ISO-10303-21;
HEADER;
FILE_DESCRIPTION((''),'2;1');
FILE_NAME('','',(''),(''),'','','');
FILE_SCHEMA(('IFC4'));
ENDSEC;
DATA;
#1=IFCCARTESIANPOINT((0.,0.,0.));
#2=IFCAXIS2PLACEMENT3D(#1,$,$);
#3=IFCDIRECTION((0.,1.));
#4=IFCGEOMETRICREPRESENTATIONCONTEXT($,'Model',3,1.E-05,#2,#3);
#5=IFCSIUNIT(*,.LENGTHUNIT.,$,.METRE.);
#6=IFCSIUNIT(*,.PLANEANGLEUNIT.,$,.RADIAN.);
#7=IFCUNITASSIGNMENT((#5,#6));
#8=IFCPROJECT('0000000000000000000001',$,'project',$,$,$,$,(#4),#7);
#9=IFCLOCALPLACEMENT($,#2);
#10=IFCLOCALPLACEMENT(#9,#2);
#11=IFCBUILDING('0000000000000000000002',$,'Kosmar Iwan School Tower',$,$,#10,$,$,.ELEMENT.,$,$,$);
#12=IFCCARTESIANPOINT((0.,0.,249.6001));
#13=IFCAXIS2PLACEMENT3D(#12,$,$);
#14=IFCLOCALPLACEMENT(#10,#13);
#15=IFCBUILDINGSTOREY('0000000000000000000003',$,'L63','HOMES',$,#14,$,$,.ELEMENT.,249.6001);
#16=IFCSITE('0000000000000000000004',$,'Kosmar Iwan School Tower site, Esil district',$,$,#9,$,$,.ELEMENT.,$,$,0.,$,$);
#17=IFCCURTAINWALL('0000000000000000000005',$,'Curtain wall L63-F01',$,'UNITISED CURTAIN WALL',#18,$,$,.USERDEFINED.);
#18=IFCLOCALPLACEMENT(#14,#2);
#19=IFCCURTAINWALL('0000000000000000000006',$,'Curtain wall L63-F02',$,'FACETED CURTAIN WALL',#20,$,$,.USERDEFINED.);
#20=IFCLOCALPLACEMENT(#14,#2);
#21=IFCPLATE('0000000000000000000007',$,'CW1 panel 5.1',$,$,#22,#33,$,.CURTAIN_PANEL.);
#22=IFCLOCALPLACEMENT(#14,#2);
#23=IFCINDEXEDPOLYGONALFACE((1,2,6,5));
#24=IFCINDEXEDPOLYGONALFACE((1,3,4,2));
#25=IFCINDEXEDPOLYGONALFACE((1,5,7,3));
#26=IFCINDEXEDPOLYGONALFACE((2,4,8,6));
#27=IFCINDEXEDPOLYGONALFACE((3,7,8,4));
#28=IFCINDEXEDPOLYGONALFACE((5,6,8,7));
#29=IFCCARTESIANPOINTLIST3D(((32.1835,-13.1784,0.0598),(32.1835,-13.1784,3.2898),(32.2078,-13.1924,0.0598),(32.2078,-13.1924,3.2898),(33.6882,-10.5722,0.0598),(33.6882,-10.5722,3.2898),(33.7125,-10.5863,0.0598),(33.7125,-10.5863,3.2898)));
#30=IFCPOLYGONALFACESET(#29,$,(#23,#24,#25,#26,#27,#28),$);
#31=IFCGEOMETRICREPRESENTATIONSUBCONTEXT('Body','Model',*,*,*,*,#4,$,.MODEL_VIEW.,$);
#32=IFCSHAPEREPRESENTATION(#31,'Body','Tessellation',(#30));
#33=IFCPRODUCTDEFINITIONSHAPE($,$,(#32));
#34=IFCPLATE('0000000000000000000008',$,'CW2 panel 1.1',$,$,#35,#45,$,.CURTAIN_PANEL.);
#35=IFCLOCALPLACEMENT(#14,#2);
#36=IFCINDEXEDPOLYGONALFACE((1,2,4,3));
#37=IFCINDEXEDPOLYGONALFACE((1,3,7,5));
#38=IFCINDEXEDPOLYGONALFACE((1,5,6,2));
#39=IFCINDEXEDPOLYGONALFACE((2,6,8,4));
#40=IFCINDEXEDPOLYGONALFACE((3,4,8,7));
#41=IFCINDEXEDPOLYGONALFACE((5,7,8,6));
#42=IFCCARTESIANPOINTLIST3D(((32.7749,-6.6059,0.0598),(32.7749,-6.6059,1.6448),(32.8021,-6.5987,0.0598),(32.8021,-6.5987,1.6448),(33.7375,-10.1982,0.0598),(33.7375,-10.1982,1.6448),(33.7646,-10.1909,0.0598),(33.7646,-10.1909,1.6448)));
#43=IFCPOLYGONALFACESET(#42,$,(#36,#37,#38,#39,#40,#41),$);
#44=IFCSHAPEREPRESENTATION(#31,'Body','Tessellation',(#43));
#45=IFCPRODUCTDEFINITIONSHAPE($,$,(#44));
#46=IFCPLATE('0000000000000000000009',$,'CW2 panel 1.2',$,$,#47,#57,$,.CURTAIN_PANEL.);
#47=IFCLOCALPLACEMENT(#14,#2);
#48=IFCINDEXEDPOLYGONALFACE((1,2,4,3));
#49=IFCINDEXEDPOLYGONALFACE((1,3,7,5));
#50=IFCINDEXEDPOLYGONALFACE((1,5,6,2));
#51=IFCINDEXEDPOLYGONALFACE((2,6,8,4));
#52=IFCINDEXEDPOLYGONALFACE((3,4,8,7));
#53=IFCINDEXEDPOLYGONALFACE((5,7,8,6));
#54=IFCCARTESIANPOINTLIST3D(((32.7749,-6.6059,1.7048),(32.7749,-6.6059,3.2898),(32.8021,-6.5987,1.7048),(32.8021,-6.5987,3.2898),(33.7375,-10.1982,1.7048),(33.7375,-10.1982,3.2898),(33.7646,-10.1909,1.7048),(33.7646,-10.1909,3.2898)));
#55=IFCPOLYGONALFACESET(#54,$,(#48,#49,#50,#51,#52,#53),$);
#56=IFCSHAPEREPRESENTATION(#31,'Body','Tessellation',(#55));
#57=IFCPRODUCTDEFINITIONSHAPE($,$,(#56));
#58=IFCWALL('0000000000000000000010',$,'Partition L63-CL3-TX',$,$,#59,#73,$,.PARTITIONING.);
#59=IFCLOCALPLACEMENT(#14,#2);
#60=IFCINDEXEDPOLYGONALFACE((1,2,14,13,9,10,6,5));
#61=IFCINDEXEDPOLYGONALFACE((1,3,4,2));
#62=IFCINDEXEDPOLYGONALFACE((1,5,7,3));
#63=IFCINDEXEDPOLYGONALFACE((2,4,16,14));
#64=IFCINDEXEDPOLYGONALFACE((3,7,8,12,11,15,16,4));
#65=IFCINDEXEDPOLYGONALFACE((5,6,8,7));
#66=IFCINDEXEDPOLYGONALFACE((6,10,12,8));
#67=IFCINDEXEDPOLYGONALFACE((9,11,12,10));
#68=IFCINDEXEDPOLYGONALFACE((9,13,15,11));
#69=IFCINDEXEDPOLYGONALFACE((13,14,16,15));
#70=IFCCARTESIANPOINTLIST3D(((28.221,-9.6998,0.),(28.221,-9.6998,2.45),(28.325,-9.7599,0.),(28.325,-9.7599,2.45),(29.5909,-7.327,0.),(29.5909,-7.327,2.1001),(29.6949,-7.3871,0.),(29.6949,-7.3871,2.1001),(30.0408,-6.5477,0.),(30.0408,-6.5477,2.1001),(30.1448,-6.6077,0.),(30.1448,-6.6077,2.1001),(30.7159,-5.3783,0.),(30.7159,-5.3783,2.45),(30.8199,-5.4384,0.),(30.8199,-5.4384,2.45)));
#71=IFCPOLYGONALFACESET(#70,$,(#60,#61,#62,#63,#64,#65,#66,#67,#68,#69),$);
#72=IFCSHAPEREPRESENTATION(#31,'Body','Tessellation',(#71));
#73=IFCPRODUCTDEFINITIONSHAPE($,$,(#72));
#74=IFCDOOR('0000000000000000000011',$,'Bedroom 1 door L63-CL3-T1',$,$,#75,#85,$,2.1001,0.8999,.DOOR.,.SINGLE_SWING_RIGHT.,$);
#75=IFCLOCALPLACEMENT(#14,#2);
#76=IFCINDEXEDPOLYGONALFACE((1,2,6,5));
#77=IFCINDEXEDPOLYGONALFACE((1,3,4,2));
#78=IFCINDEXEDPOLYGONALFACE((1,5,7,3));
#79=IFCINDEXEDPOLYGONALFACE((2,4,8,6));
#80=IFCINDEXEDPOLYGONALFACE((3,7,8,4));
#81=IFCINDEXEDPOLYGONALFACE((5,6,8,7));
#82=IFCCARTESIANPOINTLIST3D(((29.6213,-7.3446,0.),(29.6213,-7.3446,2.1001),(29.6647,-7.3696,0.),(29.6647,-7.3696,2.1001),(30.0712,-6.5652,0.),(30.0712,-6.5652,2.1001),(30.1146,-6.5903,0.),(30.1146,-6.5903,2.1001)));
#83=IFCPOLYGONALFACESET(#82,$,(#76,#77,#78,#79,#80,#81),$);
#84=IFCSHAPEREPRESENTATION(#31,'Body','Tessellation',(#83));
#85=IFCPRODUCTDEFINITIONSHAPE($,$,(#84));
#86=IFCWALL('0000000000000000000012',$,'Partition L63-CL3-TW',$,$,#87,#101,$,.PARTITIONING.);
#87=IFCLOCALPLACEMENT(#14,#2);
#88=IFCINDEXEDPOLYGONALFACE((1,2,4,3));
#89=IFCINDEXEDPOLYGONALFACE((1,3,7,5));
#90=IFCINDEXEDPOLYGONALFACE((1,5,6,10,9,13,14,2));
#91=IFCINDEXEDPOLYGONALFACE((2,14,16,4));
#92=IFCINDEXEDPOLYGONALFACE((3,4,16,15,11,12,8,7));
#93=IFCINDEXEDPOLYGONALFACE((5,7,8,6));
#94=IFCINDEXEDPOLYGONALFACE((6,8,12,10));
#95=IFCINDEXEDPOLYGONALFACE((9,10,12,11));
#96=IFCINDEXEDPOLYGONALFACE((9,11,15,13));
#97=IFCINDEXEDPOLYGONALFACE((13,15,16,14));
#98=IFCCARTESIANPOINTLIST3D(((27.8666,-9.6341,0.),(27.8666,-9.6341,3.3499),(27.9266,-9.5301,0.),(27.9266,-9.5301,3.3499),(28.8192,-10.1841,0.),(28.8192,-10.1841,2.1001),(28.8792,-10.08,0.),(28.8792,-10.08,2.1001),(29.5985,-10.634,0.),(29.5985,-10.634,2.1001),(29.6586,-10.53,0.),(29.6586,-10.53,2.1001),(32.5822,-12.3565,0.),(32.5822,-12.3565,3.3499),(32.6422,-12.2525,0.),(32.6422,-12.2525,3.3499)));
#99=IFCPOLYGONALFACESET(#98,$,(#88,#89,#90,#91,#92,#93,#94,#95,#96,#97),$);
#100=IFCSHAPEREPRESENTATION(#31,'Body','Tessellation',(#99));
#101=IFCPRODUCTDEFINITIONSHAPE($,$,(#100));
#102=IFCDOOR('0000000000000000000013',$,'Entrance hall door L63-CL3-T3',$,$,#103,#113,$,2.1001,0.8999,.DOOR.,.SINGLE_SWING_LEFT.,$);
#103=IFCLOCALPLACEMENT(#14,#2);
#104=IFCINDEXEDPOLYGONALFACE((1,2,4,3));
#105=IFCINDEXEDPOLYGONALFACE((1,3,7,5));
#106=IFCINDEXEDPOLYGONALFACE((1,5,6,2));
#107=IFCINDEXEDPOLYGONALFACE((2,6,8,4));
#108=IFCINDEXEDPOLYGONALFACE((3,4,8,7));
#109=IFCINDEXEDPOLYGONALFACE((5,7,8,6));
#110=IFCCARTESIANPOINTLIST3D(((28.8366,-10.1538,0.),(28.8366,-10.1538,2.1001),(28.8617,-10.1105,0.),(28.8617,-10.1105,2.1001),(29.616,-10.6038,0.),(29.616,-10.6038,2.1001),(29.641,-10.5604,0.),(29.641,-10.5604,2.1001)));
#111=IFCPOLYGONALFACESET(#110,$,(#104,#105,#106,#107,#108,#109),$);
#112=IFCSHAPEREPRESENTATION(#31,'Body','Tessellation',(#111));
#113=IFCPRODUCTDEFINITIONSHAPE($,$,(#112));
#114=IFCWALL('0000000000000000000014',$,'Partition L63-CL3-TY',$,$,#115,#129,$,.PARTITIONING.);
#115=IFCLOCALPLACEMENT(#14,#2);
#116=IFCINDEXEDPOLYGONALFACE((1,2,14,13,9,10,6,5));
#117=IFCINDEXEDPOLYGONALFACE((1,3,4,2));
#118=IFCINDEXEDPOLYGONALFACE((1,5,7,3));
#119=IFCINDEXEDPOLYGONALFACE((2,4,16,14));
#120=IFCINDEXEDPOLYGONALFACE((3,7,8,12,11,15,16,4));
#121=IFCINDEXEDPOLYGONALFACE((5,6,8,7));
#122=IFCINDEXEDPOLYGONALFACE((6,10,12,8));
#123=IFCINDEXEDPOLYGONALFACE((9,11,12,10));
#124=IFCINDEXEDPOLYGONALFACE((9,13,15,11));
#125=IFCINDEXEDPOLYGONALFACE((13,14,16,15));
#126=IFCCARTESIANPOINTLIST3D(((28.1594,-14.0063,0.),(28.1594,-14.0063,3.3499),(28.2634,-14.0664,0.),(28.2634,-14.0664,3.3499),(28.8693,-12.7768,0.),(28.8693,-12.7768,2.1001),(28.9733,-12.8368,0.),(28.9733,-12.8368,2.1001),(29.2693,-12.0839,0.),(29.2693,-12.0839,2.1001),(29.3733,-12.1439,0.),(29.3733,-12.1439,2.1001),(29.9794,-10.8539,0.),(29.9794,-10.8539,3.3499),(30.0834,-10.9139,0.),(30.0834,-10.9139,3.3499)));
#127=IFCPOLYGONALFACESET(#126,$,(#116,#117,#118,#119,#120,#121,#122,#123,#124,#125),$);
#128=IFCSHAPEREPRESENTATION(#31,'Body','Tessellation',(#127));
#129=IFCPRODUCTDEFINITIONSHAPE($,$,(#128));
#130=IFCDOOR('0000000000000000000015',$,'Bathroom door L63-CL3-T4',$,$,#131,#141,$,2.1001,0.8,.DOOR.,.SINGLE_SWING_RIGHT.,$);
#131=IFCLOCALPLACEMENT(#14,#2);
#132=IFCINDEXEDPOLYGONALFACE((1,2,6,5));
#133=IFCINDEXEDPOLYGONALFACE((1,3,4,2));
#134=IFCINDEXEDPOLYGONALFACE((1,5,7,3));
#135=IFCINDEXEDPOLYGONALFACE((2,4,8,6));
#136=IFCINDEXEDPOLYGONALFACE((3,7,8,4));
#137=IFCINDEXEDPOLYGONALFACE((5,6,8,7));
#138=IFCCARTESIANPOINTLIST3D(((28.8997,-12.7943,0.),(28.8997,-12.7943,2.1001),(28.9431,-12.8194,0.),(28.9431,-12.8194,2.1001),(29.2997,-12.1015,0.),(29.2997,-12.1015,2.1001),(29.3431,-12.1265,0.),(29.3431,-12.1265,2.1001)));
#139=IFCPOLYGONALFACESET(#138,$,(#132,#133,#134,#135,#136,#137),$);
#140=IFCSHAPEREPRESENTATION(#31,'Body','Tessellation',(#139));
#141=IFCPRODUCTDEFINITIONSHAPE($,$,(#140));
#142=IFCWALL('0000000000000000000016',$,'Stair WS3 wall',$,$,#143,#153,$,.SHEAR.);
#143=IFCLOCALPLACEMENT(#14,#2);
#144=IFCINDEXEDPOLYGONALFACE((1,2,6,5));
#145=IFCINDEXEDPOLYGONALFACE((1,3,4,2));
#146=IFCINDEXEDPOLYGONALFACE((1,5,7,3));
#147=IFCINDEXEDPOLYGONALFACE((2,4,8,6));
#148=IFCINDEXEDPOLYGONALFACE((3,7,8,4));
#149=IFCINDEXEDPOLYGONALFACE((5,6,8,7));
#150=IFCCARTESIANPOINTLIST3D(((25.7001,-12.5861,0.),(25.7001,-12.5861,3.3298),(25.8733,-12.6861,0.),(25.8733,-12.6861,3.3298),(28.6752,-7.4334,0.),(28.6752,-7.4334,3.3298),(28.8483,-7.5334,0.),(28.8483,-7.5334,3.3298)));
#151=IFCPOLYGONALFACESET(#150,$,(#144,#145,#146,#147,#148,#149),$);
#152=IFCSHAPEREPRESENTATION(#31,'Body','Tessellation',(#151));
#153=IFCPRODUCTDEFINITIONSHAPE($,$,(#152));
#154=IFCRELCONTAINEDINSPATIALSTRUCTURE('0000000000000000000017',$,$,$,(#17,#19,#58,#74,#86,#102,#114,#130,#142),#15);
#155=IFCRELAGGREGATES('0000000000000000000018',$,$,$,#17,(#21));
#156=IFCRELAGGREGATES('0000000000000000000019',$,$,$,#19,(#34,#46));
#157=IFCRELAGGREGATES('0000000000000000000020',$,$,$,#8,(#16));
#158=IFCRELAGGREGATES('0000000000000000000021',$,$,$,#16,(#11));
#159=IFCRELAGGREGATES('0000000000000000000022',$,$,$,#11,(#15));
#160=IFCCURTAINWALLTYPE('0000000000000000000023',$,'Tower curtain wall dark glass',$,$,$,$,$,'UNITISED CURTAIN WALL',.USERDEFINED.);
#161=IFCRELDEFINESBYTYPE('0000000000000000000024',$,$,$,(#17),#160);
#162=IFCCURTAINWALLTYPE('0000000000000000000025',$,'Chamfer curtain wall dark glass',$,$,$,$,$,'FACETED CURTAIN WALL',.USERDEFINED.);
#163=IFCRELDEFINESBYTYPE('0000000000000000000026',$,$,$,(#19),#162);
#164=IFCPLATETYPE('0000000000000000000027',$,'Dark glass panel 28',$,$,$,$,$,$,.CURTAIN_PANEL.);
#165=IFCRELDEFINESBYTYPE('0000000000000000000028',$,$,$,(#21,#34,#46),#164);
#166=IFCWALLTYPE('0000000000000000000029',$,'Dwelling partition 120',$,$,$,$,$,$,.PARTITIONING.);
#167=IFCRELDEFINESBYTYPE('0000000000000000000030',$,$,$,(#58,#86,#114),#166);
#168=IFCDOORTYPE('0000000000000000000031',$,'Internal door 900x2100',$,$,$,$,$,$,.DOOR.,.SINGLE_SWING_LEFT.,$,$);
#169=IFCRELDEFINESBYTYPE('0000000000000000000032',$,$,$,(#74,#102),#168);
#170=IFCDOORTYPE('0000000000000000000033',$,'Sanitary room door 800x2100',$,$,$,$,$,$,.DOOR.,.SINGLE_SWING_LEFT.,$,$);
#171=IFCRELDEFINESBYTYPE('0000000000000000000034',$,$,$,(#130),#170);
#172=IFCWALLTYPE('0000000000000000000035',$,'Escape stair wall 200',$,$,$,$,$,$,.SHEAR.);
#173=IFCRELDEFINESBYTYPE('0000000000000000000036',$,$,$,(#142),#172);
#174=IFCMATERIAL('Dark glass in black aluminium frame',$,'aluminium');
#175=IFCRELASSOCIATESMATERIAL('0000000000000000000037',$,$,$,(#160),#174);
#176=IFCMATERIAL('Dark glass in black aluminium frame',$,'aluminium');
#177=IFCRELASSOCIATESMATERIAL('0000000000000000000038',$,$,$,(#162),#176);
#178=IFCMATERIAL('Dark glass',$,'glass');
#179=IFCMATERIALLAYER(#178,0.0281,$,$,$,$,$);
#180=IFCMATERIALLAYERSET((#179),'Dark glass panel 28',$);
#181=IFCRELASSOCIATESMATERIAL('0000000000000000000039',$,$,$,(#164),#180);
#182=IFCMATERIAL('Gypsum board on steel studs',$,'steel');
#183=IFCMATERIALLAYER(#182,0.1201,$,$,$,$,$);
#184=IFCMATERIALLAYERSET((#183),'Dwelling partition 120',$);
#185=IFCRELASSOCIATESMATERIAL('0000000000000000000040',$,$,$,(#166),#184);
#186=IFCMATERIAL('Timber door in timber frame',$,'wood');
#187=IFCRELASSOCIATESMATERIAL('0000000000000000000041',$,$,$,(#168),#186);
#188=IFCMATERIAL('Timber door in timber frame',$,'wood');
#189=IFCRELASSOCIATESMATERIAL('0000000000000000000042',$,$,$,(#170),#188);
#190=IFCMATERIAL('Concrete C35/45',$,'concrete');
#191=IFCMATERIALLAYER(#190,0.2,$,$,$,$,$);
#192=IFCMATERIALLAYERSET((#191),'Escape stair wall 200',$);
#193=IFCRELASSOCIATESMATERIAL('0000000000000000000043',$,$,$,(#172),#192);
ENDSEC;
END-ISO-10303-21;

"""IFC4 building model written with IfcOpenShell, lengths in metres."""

from ifc_helpers import new_model, si_unit, direction, frame, frame_2d, origin, origin_2d, place, context, subcontext, project, spatial, rectangle, extrude, material, layer, layer_set, type_object, element, fill, aggregate, save


model = new_model("IFC4")

# Units and contexts
model_context = context("Model", 3, precision=1e-05, world=origin(), true_north=direction((0.0, 1.0)))
body_context = subcontext(model_context, "Body", "Model", "MODEL_VIEW")
ifc_project = project(units=[si_unit("LENGTHUNIT", "METRE"), si_unit("PLANEANGLEUNIT", "RADIAN")], contexts=[model_context])

# Site, building, storey
site_placement = place(None, origin())
site = spatial("IfcSite", under=ifc_project, at=site_placement, Name="Kosmar Iwan School Tower site, Esil district", CompositionType="ELEMENT", RefElevation=0.0)
building_placement = place(site_placement, origin())
building = spatial("IfcBuilding", under=site, at=building_placement, Name="Kosmar Iwan School Tower", CompositionType="ELEMENT")
storey_placement = place(building_placement, frame((0.0, 0.0, 249.6001)))
storey = spatial("IfcBuildingStorey", under=building, at=storey_placement, Name="L63", Description="HOMES", CompositionType="ELEMENT", Elevation=249.6001)

# Curtain wall
ifc_material_1 = material(Name="Dark glass in black aluminium frame", Category="aluminium")
curtain_wall_type_1 = type_object("IfcCurtainWallType", Name="Tower curtain wall dark glass", ElementType="UNITISED CURTAIN WALL", PredefinedType="USERDEFINED", material=ifc_material_1)
curtain_wall_1_placement = place(storey_placement, origin())
curtain_wall_1 = element("IfcCurtainWall", 1, at=curtain_wall_1_placement, inside=storey, type_object=curtain_wall_type_1, Name="Curtain wall L63-F01", ObjectType="UNITISED CURTAIN WALL", PredefinedType="USERDEFINED")

# Curtain wall
ifc_material_2 = material(Name="Dark glass in black aluminium frame", Category="aluminium")
curtain_wall_type_2 = type_object("IfcCurtainWallType", Name="Chamfer curtain wall dark glass", ElementType="FACETED CURTAIN WALL", PredefinedType="USERDEFINED", material=ifc_material_2)
curtain_wall_2_placement = place(storey_placement, origin())
curtain_wall_2 = element("IfcCurtainWall", 2, at=curtain_wall_2_placement, inside=storey, type_object=curtain_wall_type_2, Name="Curtain wall L63-F02", ObjectType="FACETED CURTAIN WALL", PredefinedType="USERDEFINED")

# Plates
ifc_material_3 = material(Name="Dark glass", Category="glass")
ifc_layer_1 = layer(ifc_material_3, 0.0281)
ifc_layer_set_1 = layer_set([ifc_layer_1], Name="Dark glass panel 28")
plate_type = type_object("IfcPlateType", Name="Dark glass panel 28", PredefinedType="CURTAIN_PANEL", material=ifc_layer_set_1)
plate_1_placement = place(storey_placement, frame((32.948, -11.8823, 0.0598), z_axis=(0.0, 0.0, 1.0), x_axis=(0.5, 0.866025, 0.0)))
plate_1 = element("IfcPlate", 3, at=plate_1_placement, type_object=plate_type, Name="CW1 panel 5.1", PredefinedType="CURTAIN_PANEL", context=body_context, shape_type="SweptSolid", body=[
    extrude(rectangle(XDim=3.0093, YDim=0.0281, at=origin_2d()), origin(), (0.0, 0.0, 1.0), 3.23),
])
aggregate(curtain_wall_1, [plate_1])
plate_2_placement = place(storey_placement, frame((33.2698, -8.3984, 0.0598), z_axis=(0.0, 0.0, 1.0), x_axis=(-0.258819, 0.965926, 0.0)))
plate_2 = element("IfcPlate", 4, at=plate_2_placement, type_object=plate_type, Name="CW2 panel 1.1", PredefinedType="CURTAIN_PANEL", context=body_context, shape_type="SweptSolid", body=[
    extrude(rectangle(XDim=3.719, YDim=0.0281, at=origin_2d()), origin(), (0.0, 0.0, 1.0), 1.585),
])
plate_3_placement = place(storey_placement, frame((33.2698, -8.3984, 1.7048), z_axis=(0.0, 0.0, 1.0), x_axis=(-0.258819, 0.965926, 0.0)))
plate_3 = element("IfcPlate", 5, at=plate_3_placement, type_object=plate_type, Name="CW2 panel 1.2", PredefinedType="CURTAIN_PANEL", context=body_context, shape_type="SweptSolid", body=[
    extrude(rectangle(XDim=3.719, YDim=0.0281, at=origin_2d()), origin(), (0.0, 0.0, 1.0), 1.585),
])
aggregate(curtain_wall_2, [plate_2, plate_3])

# Walls, openings, doors
ifc_material_4 = material(Name="Gypsum board on steel studs", Category="steel")
ifc_layer_2 = layer(ifc_material_4, 0.1201)
ifc_layer_set_2 = layer_set([ifc_layer_2], Name="Dwelling partition 120")
wall_type_1 = type_object("IfcWallType", Name="Dwelling partition 120", PredefinedType="PARTITIONING", material=ifc_layer_set_2)
wall_1_placement = place(storey_placement, frame((28.2729, -9.73, 0.0), z_axis=(0.0, 0.0, 1.0), x_axis=(0.499975, 0.86604, 0.0)))
wall_1 = element("IfcWall", 6, at=wall_1_placement, inside=storey, type_object=wall_type_1, Name="Partition L63-CL3-TX", PredefinedType="PARTITIONING", context=body_context, shape_type="SweptSolid", body=[
    extrude(rectangle(XDim=4.99, YDim=0.1201, at=frame_2d((2.4951, 0.0))), origin(), (0.0, 0.0, 1.0), 2.45),
])
opening_1_placement = place(wall_1_placement, frame((2.74, 0.0, 0.0)))
opening_1 = element("IfcOpeningElement", 7, at=opening_1_placement, cuts=wall_1, PredefinedType="OPENING", context=body_context, shape_type="SweptSolid", body=[
    extrude(rectangle(XDim=0.8999, YDim=2.1001, at=frame_2d((0.45, 1.05))), frame((0.0, 0.072, 0.0), z_axis=(0.0, -1.0, 0.0), x_axis=(1.0, 0.0, 0.0)), (0.0, 0.0, 1.0), 0.144),
])
ifc_material_5 = material(Name="Timber door in timber frame", Category="wood")
door_type_1 = type_object("IfcDoorType", Name="Internal door 900x2100", OperationType="SINGLE_SWING_LEFT", PredefinedType="DOOR", material=ifc_material_5)
door_1_placement = place(opening_1_placement, origin())
door_1 = element("IfcDoor", 8, at=door_1_placement, inside=storey, type_object=door_type_1, Name="Bedroom 1 door L63-CL3-T1", OperationType="SINGLE_SWING_RIGHT", OverallHeight=2.1001, OverallWidth=0.8999, PredefinedType="DOOR", context=body_context, shape_type="SweptSolid", body=[
    extrude(rectangle(XDim=0.8999, YDim=2.1001, at=frame_2d((0.45, 1.05))), frame((0.0, 0.0249, 0.0), z_axis=(0.0, -1.0, 0.0), x_axis=(1.0, 0.0, 0.0)), (0.0, 0.0, 1.0), 0.05),
])
fill(opening_1, door_1)
wall_2_placement = place(storey_placement, frame((27.8965, -9.582, 0.0), z_axis=(0.0, 0.0, 1.0), x_axis=(0.866036, -0.499982, 0.0)))
wall_2 = element("IfcWall", 9, at=wall_2_placement, inside=storey, type_object=wall_type_1, Name="Partition L63-CL3-TW", PredefinedType="PARTITIONING", context=body_context, shape_type="SweptSolid", body=[
    extrude(rectangle(XDim=5.4451, YDim=0.1201, at=frame_2d((2.7227, 0.0))), origin(), (0.0, 0.0, 1.0), 3.3499),
])
opening_2_placement = place(wall_2_placement, frame((1.1001, 0.0, 0.0)))
opening_2 = element("IfcOpeningElement", 10, at=opening_2_placement, cuts=wall_2, PredefinedType="OPENING", context=body_context, shape_type="SweptSolid", body=[
    extrude(rectangle(XDim=0.8999, YDim=2.1001, at=frame_2d((0.45, 1.05))), frame((0.0, 0.072, 0.0), z_axis=(0.0, -1.0, 0.0), x_axis=(1.0, 0.0, 0.0)), (0.0, 0.0, 1.0), 0.144),
])
door_2_placement = place(opening_2_placement, origin())
door_2 = element("IfcDoor", 11, at=door_2_placement, inside=storey, type_object=door_type_1, Name="Entrance hall door L63-CL3-T3", OperationType="SINGLE_SWING_LEFT", OverallHeight=2.1001, OverallWidth=0.8999, PredefinedType="DOOR", context=body_context, shape_type="SweptSolid", body=[
    extrude(rectangle(XDim=0.8999, YDim=2.1001, at=frame_2d((0.45, 1.05))), frame((0.0, 0.0249, 0.0), z_axis=(0.0, -1.0, 0.0), x_axis=(1.0, 0.0, 0.0)), (0.0, 0.0, 1.0), 0.05),
])
fill(opening_2, door_2)
wall_3_placement = place(storey_placement, frame((28.2114, -14.0364, 0.0), z_axis=(0.0, 0.0, 1.0), x_axis=(0.499984, 0.866035, 0.0)))
wall_3 = element("IfcWall", 12, at=wall_3_placement, inside=storey, type_object=wall_type_1, Name="Partition L63-CL3-TY", PredefinedType="PARTITIONING", context=body_context, shape_type="SweptSolid", body=[
    extrude(rectangle(XDim=3.6401, YDim=0.1201, at=frame_2d((1.8201, 0.0))), origin(), (0.0, 0.0, 1.0), 3.3499),
])
opening_3_placement = place(wall_3_placement, frame((1.4199, 0.0, 0.0)))
opening_3 = element("IfcOpeningElement", 13, at=opening_3_placement, cuts=wall_3, PredefinedType="OPENING", context=body_context, shape_type="SweptSolid", body=[
    extrude(rectangle(XDim=0.8, YDim=2.1001, at=frame_2d((0.3999, 1.05))), frame((0.0, 0.072, 0.0), z_axis=(0.0, -1.0, 0.0), x_axis=(1.0, 0.0, 0.0)), (0.0, 0.0, 1.0), 0.144),
])
ifc_material_6 = material(Name="Timber door in timber frame", Category="wood")
door_type_2 = type_object("IfcDoorType", Name="Sanitary room door 800x2100", OperationType="SINGLE_SWING_LEFT", PredefinedType="DOOR", material=ifc_material_6)
door_3_placement = place(opening_3_placement, origin())
door_3 = element("IfcDoor", 14, at=door_3_placement, inside=storey, type_object=door_type_2, Name="Bathroom door L63-CL3-T4", OperationType="SINGLE_SWING_RIGHT", OverallHeight=2.1001, OverallWidth=0.8, PredefinedType="DOOR", context=body_context, shape_type="SweptSolid", body=[
    extrude(rectangle(XDim=0.8, YDim=2.1001, at=frame_2d((0.3999, 1.05))), frame((0.0, 0.0249, 0.0), z_axis=(0.0, -1.0, 0.0), x_axis=(1.0, 0.0, 0.0)), (0.0, 0.0, 1.0), 0.05),
])
fill(opening_3, door_3)

# Wall
ifc_material_7 = material(Name="Concrete C35/45", Category="concrete")
ifc_layer_3 = layer(ifc_material_7, 0.2)
ifc_layer_set_3 = layer_set([ifc_layer_3], Name="Escape stair wall 200")
wall_type_2 = type_object("IfcWallType", Name="Escape stair wall 200", PredefinedType="SHEAR", material=ifc_layer_set_3)
wall_4_placement = place(storey_placement, frame((25.7866, -12.6362, 0.0), z_axis=(0.0, 0.0, 1.0), x_axis=(0.500014, 0.866017, 0.0)))
element("IfcWall", 15, at=wall_4_placement, inside=storey, type_object=wall_type_2, Name="Stair WS3 wall", PredefinedType="SHEAR", context=body_context, shape_type="SweptSolid", body=[
    extrude(rectangle(XDim=5.95, YDim=0.2, at=frame_2d((2.9751, 0.0))), origin(), (0.0, 0.0, 1.0), 3.3298),
])

save(model, "model.ifc")
